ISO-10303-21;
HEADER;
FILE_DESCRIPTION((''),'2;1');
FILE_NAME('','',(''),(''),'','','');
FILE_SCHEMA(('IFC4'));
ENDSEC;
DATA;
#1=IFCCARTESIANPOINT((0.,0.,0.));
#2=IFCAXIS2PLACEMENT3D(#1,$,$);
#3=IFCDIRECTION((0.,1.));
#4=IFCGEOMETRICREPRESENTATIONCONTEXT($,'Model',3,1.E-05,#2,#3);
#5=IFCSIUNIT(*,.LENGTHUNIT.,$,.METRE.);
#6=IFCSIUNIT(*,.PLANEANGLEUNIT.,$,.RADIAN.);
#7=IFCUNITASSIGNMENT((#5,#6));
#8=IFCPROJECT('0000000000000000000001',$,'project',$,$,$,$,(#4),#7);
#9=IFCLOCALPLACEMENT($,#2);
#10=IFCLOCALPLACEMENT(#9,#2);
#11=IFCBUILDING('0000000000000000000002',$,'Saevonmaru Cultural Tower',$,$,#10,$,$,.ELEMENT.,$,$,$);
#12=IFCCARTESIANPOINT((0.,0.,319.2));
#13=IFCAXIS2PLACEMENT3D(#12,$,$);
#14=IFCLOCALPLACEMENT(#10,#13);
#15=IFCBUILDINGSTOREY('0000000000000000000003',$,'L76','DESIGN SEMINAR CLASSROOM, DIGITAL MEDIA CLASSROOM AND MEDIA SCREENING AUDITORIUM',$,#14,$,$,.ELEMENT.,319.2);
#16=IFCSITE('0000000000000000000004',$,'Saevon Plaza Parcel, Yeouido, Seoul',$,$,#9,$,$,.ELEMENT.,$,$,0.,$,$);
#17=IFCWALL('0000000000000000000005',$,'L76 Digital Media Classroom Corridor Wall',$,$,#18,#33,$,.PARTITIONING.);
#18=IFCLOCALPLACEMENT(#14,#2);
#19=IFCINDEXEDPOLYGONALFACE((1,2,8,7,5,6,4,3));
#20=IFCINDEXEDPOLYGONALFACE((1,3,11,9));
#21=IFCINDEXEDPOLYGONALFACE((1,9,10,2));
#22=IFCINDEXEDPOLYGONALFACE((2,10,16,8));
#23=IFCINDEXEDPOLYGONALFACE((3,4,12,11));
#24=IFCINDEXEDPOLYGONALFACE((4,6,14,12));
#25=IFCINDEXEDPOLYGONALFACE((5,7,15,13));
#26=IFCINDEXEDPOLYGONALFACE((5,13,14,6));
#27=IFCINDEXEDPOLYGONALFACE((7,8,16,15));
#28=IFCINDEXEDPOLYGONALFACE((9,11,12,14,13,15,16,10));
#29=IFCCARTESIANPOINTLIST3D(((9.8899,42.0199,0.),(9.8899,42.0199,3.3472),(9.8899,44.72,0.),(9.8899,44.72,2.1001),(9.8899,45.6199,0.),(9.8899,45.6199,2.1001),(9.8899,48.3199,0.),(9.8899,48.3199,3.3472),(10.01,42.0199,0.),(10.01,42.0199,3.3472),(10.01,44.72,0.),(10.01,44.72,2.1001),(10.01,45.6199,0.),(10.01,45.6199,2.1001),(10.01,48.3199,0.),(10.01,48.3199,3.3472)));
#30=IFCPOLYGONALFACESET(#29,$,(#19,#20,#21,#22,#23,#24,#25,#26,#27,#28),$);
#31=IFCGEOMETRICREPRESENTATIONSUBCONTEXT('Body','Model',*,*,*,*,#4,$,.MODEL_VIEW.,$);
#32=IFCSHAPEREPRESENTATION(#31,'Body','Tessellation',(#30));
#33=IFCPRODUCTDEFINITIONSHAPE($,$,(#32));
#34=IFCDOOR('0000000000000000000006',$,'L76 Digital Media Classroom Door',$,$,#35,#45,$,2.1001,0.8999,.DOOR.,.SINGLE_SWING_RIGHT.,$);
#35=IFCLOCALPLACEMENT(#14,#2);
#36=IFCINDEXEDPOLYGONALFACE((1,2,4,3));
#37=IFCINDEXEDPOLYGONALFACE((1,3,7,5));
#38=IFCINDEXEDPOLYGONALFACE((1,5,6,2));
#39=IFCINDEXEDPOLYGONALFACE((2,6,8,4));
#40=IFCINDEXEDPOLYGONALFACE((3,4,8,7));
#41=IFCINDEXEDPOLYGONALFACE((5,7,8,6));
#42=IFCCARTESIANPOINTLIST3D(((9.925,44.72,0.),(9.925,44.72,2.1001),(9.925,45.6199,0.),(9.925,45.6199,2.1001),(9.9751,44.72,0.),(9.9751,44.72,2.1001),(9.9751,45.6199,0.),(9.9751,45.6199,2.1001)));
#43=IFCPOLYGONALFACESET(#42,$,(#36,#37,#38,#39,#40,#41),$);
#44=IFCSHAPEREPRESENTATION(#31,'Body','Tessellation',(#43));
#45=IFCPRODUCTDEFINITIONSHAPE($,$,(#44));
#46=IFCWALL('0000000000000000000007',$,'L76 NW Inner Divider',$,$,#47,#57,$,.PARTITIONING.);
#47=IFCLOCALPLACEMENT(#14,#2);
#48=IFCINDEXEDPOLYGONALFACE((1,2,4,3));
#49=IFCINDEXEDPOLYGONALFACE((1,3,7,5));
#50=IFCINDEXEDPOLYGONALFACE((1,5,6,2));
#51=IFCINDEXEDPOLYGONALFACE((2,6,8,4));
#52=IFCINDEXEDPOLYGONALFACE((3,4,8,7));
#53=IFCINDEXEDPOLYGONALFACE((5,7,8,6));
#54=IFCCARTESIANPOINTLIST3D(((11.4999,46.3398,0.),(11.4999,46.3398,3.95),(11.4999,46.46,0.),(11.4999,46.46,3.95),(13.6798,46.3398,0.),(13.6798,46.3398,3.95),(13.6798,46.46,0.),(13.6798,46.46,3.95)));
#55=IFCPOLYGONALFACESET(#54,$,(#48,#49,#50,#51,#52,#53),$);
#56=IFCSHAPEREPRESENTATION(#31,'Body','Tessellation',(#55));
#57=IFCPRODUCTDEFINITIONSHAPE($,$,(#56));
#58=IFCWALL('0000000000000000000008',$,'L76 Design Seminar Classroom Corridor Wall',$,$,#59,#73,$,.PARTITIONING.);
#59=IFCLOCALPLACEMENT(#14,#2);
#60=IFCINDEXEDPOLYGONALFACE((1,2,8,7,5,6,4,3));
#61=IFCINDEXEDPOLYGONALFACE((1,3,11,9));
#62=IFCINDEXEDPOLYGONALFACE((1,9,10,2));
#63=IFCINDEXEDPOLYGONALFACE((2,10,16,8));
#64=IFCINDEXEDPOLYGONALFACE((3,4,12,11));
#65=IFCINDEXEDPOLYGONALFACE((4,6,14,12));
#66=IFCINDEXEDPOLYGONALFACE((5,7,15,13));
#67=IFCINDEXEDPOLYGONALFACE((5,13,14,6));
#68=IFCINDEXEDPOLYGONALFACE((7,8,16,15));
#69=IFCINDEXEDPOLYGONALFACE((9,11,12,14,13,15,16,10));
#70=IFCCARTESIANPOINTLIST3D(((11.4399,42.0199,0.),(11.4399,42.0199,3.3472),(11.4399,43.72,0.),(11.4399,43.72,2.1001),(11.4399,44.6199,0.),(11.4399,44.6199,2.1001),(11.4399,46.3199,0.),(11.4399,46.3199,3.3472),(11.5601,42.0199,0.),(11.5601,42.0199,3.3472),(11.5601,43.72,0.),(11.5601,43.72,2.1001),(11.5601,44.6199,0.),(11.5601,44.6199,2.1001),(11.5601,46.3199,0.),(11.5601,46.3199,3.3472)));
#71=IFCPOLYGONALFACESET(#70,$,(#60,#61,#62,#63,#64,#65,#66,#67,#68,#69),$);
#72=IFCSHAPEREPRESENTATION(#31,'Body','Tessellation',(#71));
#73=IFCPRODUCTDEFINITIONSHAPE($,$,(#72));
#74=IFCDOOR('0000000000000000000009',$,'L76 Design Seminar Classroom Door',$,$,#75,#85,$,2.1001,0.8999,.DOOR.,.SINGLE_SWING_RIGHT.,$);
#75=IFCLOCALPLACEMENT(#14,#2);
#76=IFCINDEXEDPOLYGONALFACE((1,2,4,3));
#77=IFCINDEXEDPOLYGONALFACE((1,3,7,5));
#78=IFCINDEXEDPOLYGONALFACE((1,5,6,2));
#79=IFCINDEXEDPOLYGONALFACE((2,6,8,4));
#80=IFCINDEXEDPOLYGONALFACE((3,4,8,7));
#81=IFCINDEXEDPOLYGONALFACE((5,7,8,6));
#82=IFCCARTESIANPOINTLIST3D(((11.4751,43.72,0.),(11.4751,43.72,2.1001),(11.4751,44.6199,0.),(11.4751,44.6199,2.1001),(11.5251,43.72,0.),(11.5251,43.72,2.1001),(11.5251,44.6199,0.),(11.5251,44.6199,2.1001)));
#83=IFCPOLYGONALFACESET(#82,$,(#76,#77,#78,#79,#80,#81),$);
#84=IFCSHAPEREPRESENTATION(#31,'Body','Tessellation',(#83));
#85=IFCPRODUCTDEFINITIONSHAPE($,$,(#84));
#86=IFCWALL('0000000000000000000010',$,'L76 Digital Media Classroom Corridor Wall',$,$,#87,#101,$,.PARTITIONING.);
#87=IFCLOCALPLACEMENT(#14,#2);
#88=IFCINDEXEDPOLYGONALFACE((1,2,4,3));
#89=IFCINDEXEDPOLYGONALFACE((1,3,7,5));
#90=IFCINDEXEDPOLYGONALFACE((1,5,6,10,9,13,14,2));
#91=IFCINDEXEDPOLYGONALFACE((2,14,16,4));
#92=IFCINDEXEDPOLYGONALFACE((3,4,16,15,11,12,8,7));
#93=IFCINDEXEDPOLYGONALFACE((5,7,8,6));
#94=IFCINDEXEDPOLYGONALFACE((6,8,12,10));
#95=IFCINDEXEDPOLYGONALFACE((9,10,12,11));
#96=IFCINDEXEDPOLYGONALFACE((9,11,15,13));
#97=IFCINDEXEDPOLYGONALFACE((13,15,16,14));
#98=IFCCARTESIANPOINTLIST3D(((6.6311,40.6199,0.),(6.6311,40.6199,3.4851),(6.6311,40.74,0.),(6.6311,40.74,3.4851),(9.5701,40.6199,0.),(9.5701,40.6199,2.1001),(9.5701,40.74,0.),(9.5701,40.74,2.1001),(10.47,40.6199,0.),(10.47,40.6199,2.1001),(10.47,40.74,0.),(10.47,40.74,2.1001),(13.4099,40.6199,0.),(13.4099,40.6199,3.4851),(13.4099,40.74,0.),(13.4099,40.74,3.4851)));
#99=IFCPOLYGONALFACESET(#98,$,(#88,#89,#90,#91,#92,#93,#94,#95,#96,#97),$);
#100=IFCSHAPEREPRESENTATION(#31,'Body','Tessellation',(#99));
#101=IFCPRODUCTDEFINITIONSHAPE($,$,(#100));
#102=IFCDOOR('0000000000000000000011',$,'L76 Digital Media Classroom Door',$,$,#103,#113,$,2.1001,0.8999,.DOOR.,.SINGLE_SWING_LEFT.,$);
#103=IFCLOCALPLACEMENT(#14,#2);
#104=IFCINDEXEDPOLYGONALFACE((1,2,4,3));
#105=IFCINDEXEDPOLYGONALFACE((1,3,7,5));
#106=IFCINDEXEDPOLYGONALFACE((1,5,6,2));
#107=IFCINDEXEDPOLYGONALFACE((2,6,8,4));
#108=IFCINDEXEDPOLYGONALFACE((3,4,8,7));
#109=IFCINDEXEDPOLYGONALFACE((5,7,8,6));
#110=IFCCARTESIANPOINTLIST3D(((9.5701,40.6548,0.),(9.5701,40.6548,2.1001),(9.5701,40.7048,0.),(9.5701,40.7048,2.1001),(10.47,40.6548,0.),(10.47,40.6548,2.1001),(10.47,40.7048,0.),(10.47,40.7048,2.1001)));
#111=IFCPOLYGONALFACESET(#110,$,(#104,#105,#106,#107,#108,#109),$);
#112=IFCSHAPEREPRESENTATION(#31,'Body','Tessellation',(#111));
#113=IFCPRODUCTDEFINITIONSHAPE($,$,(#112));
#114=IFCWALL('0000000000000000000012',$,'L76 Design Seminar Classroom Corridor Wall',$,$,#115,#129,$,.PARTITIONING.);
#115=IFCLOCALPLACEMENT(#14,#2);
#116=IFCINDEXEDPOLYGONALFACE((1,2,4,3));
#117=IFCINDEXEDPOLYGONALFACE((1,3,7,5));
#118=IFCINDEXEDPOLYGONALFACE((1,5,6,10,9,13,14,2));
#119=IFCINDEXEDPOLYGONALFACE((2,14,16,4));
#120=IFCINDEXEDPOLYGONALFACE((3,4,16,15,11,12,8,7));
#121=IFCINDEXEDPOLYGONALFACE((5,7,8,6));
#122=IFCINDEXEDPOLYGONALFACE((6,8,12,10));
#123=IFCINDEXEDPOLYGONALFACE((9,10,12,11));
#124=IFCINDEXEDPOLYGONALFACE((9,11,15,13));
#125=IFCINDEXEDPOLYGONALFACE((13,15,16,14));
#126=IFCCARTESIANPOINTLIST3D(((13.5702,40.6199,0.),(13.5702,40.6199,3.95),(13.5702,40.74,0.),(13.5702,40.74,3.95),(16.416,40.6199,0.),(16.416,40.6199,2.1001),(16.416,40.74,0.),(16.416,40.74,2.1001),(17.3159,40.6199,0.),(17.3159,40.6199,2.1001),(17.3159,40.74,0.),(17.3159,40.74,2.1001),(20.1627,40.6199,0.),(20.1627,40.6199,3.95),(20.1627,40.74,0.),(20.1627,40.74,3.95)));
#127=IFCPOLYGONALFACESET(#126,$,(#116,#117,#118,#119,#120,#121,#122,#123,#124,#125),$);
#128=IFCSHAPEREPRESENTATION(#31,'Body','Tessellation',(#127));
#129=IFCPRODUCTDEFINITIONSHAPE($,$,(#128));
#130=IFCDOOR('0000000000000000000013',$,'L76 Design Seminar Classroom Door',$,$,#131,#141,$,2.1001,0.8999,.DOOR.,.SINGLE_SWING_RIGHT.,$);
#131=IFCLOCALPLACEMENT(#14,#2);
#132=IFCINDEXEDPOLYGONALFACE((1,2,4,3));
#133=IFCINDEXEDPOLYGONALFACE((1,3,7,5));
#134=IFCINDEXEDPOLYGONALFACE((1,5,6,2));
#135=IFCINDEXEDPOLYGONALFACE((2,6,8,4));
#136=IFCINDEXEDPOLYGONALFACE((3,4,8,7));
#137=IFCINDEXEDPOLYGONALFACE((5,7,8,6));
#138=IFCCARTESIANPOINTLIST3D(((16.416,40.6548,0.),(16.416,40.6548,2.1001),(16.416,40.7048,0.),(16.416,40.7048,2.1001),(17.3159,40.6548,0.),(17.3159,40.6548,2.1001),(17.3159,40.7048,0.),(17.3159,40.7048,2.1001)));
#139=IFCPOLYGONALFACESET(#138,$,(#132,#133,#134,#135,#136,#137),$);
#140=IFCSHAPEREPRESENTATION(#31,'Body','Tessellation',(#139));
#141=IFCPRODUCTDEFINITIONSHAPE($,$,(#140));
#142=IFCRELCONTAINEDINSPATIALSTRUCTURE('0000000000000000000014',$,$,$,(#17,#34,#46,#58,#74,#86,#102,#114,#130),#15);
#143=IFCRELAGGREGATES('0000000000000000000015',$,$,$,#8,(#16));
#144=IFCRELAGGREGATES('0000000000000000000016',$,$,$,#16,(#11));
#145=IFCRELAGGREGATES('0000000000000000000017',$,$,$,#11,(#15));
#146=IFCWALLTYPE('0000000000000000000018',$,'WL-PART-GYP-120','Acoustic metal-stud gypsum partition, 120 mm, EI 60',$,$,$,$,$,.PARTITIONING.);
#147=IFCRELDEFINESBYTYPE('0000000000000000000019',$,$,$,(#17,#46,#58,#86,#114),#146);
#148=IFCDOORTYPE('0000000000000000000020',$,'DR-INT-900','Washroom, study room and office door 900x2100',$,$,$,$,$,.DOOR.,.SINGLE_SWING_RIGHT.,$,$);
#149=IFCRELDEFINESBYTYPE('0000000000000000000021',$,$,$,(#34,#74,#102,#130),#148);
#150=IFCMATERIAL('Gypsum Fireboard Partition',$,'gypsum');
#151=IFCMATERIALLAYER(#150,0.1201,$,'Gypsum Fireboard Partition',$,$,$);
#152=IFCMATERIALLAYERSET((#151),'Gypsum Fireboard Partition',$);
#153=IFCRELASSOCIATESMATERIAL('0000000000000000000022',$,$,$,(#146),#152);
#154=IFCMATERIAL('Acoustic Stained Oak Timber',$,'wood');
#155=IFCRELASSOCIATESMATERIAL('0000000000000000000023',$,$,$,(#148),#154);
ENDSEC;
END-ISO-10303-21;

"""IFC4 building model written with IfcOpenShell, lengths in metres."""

from ifc_helpers import new_model, si_unit, direction, frame, frame_2d, origin, place, context, subcontext, project, spatial, rectangle, extrude, material, layer, layer_set, type_object, element, fill, save


model = new_model("IFC4")

# Units and contexts
model_context = context("Model", 3, precision=1e-05, world=origin(), true_north=direction((0.0, 1.0)))
body_context = subcontext(model_context, "Body", "Model", "MODEL_VIEW")
ifc_project = project(units=[si_unit("LENGTHUNIT", "METRE"), si_unit("PLANEANGLEUNIT", "RADIAN")], contexts=[model_context])

# Site, building, storey
site_placement = place(None, origin())
site = spatial("IfcSite", under=ifc_project, at=site_placement, Name="Saevon Plaza Parcel, Yeouido, Seoul", CompositionType="ELEMENT", RefElevation=0.0)
building_placement = place(site_placement, origin())
building = spatial("IfcBuilding", under=site, at=building_placement, Name="Saevonmaru Cultural Tower", CompositionType="ELEMENT")
storey_placement = place(building_placement, frame((0.0, 0.0, 319.2)))
storey = spatial("IfcBuildingStorey", under=building, at=storey_placement, Name="L76", Description="DESIGN SEMINAR CLASSROOM, DIGITAL MEDIA CLASSROOM AND MEDIA SCREENING AUDITORIUM", CompositionType="ELEMENT", Elevation=319.2)

# Shared definitions
ifc_material_1 = material(Name="Gypsum Fireboard Partition", Category="gypsum")
ifc_layer_1 = layer(ifc_material_1, 0.1201, Name="Gypsum Fireboard Partition")
ifc_layer_set_1 = layer_set([ifc_layer_1], Name="Gypsum Fireboard Partition")
wall_type = type_object("IfcWallType", Name="WL-PART-GYP-120", Description="Acoustic metal-stud gypsum partition, 120 mm, EI 60", PredefinedType="PARTITIONING", material=ifc_layer_set_1)

# Wall, opening, door
wall_1_placement = place(storey_placement, frame((9.95, 42.02, 0.0), z_axis=(0.0, 0.0, 1.0), x_axis=(0.0, 1.0, 0.0)))
wall_1 = element("IfcWall", 1, at=wall_1_placement, inside=storey, type_object=wall_type, Name="L76 Digital Media Classroom Corridor Wall", PredefinedType="PARTITIONING", context=body_context, shape_type="SweptSolid", body=[
    extrude(rectangle(XDim=6.3, YDim=0.1201, at=frame_2d((3.1499, 0.0))), origin(), (0.0, 0.0, 1.0), 3.3472),
])
opening_1_placement = place(wall_1_placement, frame((2.7, 0.0, 0.0)))
opening_1 = element("IfcOpeningElement", 2, at=opening_1_placement, cuts=wall_1, PredefinedType="OPENING", context=body_context, shape_type="SweptSolid", body=[
    extrude(rectangle(XDim=0.8999, YDim=2.1001, at=frame_2d((0.45, 1.05))), frame((0.0, 0.0701, 0.0), z_axis=(0.0, -1.0, 0.0), x_axis=(1.0, 0.0, 0.0)), (0.0, 0.0, 1.0), 0.1401),
])
ifc_material_2 = material(Name="Acoustic Stained Oak Timber", Category="wood")
door_type = type_object("IfcDoorType", Name="DR-INT-900", Description="Washroom, study room and office door 900x2100", OperationType="SINGLE_SWING_RIGHT", PredefinedType="DOOR", material=ifc_material_2)
door_1_placement = place(opening_1_placement, origin())
door_1 = element("IfcDoor", 3, at=door_1_placement, inside=storey, type_object=door_type, Name="L76 Digital Media Classroom Door", OperationType="SINGLE_SWING_RIGHT", OverallHeight=2.1001, OverallWidth=0.8999, PredefinedType="DOOR", context=body_context, shape_type="SweptSolid", body=[
    extrude(rectangle(XDim=0.8999, YDim=2.1001, at=frame_2d((0.45, 1.05))), frame((0.0, 0.0249, 0.0), z_axis=(0.0, -1.0, 0.0), x_axis=(1.0, 0.0, 0.0)), (0.0, 0.0, 1.0), 0.05),
])
fill(opening_1, door_1)

# Wall
wall_2_placement = place(storey_placement, frame((11.5, 46.3999, 0.0), z_axis=(0.0, 0.0, 1.0), x_axis=(1.0, 0.0, 0.0)))
element("IfcWall", 4, at=wall_2_placement, inside=storey, type_object=wall_type, Name="L76 NW Inner Divider", PredefinedType="PARTITIONING", context=body_context, shape_type="SweptSolid", body=[
    extrude(rectangle(XDim=2.1799, YDim=0.1201, at=frame_2d((1.0898, 0.0))), origin(), (0.0, 0.0, 1.0), 3.95),
])

# Walls, openings, doors
wall_3_placement = place(storey_placement, frame((11.5, 42.02, 0.0), z_axis=(0.0, 0.0, 1.0), x_axis=(0.0, 1.0, 0.0)))
wall_3 = element("IfcWall", 5, at=wall_3_placement, inside=storey, type_object=wall_type, Name="L76 Design Seminar Classroom Corridor Wall", PredefinedType="PARTITIONING", context=body_context, shape_type="SweptSolid", body=[
    extrude(rectangle(XDim=4.3, YDim=0.1201, at=frame_2d((2.1499, 0.0))), origin(), (0.0, 0.0, 1.0), 3.3472),
])
opening_2_placement = place(wall_3_placement, frame((1.7, 0.0, 0.0)))
opening_2 = element("IfcOpeningElement", 6, at=opening_2_placement, cuts=wall_3, PredefinedType="OPENING", context=body_context, shape_type="SweptSolid", body=[
    extrude(rectangle(XDim=0.8999, YDim=2.1001, at=frame_2d((0.45, 1.05))), frame((0.0, 0.0701, 0.0), z_axis=(0.0, -1.0, 0.0), x_axis=(1.0, 0.0, 0.0)), (0.0, 0.0, 1.0), 0.1401),
])
door_2_placement = place(opening_2_placement, origin())
door_2 = element("IfcDoor", 7, at=door_2_placement, inside=storey, type_object=door_type, Name="L76 Design Seminar Classroom Door", OperationType="SINGLE_SWING_RIGHT", OverallHeight=2.1001, OverallWidth=0.8999, PredefinedType="DOOR", context=body_context, shape_type="SweptSolid", body=[
    extrude(rectangle(XDim=0.8999, YDim=2.1001, at=frame_2d((0.45, 1.05))), frame((0.0, 0.0249, 0.0), z_axis=(0.0, -1.0, 0.0), x_axis=(1.0, 0.0, 0.0)), (0.0, 0.0, 1.0), 0.05),
])
fill(opening_2, door_2)
wall_4_placement = place(storey_placement, frame((6.6311, 40.6799, 0.0), z_axis=(0.0, 0.0, 1.0), x_axis=(1.0, 0.0, 0.0)))
wall_4 = element("IfcWall", 8, at=wall_4_placement, inside=storey, type_object=wall_type, Name="L76 Digital Media Classroom Corridor Wall", PredefinedType="PARTITIONING", context=body_context, shape_type="SweptSolid", body=[
    extrude(rectangle(XDim=6.7788, YDim=0.1201, at=frame_2d((3.3894, 0.0))), origin(), (0.0, 0.0, 1.0), 3.4851),
])
opening_3_placement = place(wall_4_placement, frame((2.939, 0.0, 0.0)))
opening_3 = element("IfcOpeningElement", 9, at=opening_3_placement, cuts=wall_4, PredefinedType="OPENING", context=body_context, shape_type="SweptSolid", body=[
    extrude(rectangle(XDim=0.8999, YDim=2.1001, at=frame_2d((0.45, 1.05))), frame((0.0, 0.0701, 0.0), z_axis=(0.0, -1.0, 0.0), x_axis=(1.0, 0.0, 0.0)), (0.0, 0.0, 1.0), 0.1401),
])
door_3_placement = place(opening_3_placement, origin())
door_3 = element("IfcDoor", 10, at=door_3_placement, inside=storey, type_object=door_type, Name="L76 Digital Media Classroom Door", OperationType="SINGLE_SWING_LEFT", OverallHeight=2.1001, OverallWidth=0.8999, PredefinedType="DOOR", context=body_context, shape_type="SweptSolid", body=[
    extrude(rectangle(XDim=0.8999, YDim=2.1001, at=frame_2d((0.45, 1.05))), frame((0.0, 0.0249, 0.0), z_axis=(0.0, -1.0, 0.0), x_axis=(1.0, 0.0, 0.0)), (0.0, 0.0, 1.0), 0.05),
])
fill(opening_3, door_3)
wall_5_placement = place(storey_placement, frame((13.5701, 40.6799, 0.0), z_axis=(0.0, 0.0, 1.0), x_axis=(1.0, 0.0, 0.0)))
wall_5 = element("IfcWall", 11, at=wall_5_placement, inside=storey, type_object=wall_type, Name="L76 Design Seminar Classroom Corridor Wall", PredefinedType="PARTITIONING", context=body_context, shape_type="SweptSolid", body=[
    extrude(rectangle(XDim=6.5925, YDim=0.1201, at=frame_2d((3.2964, 0.0))), origin(), (0.0, 0.0, 1.0), 3.95),
])
opening_4_placement = place(wall_5_placement, frame((2.8459, 0.0, 0.0)))
opening_4 = element("IfcOpeningElement", 12, at=opening_4_placement, cuts=wall_5, PredefinedType="OPENING", context=body_context, shape_type="SweptSolid", body=[
    extrude(rectangle(XDim=0.8999, YDim=2.1001, at=frame_2d((0.45, 1.05))), frame((0.0, 0.0701, 0.0), z_axis=(0.0, -1.0, 0.0), x_axis=(1.0, 0.0, 0.0)), (0.0, 0.0, 1.0), 0.1401),
])
door_4_placement = place(opening_4_placement, origin())
door_4 = element("IfcDoor", 13, at=door_4_placement, inside=storey, type_object=door_type, Name="L76 Design Seminar Classroom Door", OperationType="SINGLE_SWING_RIGHT", OverallHeight=2.1001, OverallWidth=0.8999, PredefinedType="DOOR", context=body_context, shape_type="SweptSolid", body=[
    extrude(rectangle(XDim=0.8999, YDim=2.1001, at=frame_2d((0.45, 1.05))), frame((0.0, 0.0249, 0.0), z_axis=(0.0, -1.0, 0.0), x_axis=(1.0, 0.0, 0.0)), (0.0, 0.0, 1.0), 0.05),
])
fill(opening_4, door_4)

save(model, "model.ifc")
